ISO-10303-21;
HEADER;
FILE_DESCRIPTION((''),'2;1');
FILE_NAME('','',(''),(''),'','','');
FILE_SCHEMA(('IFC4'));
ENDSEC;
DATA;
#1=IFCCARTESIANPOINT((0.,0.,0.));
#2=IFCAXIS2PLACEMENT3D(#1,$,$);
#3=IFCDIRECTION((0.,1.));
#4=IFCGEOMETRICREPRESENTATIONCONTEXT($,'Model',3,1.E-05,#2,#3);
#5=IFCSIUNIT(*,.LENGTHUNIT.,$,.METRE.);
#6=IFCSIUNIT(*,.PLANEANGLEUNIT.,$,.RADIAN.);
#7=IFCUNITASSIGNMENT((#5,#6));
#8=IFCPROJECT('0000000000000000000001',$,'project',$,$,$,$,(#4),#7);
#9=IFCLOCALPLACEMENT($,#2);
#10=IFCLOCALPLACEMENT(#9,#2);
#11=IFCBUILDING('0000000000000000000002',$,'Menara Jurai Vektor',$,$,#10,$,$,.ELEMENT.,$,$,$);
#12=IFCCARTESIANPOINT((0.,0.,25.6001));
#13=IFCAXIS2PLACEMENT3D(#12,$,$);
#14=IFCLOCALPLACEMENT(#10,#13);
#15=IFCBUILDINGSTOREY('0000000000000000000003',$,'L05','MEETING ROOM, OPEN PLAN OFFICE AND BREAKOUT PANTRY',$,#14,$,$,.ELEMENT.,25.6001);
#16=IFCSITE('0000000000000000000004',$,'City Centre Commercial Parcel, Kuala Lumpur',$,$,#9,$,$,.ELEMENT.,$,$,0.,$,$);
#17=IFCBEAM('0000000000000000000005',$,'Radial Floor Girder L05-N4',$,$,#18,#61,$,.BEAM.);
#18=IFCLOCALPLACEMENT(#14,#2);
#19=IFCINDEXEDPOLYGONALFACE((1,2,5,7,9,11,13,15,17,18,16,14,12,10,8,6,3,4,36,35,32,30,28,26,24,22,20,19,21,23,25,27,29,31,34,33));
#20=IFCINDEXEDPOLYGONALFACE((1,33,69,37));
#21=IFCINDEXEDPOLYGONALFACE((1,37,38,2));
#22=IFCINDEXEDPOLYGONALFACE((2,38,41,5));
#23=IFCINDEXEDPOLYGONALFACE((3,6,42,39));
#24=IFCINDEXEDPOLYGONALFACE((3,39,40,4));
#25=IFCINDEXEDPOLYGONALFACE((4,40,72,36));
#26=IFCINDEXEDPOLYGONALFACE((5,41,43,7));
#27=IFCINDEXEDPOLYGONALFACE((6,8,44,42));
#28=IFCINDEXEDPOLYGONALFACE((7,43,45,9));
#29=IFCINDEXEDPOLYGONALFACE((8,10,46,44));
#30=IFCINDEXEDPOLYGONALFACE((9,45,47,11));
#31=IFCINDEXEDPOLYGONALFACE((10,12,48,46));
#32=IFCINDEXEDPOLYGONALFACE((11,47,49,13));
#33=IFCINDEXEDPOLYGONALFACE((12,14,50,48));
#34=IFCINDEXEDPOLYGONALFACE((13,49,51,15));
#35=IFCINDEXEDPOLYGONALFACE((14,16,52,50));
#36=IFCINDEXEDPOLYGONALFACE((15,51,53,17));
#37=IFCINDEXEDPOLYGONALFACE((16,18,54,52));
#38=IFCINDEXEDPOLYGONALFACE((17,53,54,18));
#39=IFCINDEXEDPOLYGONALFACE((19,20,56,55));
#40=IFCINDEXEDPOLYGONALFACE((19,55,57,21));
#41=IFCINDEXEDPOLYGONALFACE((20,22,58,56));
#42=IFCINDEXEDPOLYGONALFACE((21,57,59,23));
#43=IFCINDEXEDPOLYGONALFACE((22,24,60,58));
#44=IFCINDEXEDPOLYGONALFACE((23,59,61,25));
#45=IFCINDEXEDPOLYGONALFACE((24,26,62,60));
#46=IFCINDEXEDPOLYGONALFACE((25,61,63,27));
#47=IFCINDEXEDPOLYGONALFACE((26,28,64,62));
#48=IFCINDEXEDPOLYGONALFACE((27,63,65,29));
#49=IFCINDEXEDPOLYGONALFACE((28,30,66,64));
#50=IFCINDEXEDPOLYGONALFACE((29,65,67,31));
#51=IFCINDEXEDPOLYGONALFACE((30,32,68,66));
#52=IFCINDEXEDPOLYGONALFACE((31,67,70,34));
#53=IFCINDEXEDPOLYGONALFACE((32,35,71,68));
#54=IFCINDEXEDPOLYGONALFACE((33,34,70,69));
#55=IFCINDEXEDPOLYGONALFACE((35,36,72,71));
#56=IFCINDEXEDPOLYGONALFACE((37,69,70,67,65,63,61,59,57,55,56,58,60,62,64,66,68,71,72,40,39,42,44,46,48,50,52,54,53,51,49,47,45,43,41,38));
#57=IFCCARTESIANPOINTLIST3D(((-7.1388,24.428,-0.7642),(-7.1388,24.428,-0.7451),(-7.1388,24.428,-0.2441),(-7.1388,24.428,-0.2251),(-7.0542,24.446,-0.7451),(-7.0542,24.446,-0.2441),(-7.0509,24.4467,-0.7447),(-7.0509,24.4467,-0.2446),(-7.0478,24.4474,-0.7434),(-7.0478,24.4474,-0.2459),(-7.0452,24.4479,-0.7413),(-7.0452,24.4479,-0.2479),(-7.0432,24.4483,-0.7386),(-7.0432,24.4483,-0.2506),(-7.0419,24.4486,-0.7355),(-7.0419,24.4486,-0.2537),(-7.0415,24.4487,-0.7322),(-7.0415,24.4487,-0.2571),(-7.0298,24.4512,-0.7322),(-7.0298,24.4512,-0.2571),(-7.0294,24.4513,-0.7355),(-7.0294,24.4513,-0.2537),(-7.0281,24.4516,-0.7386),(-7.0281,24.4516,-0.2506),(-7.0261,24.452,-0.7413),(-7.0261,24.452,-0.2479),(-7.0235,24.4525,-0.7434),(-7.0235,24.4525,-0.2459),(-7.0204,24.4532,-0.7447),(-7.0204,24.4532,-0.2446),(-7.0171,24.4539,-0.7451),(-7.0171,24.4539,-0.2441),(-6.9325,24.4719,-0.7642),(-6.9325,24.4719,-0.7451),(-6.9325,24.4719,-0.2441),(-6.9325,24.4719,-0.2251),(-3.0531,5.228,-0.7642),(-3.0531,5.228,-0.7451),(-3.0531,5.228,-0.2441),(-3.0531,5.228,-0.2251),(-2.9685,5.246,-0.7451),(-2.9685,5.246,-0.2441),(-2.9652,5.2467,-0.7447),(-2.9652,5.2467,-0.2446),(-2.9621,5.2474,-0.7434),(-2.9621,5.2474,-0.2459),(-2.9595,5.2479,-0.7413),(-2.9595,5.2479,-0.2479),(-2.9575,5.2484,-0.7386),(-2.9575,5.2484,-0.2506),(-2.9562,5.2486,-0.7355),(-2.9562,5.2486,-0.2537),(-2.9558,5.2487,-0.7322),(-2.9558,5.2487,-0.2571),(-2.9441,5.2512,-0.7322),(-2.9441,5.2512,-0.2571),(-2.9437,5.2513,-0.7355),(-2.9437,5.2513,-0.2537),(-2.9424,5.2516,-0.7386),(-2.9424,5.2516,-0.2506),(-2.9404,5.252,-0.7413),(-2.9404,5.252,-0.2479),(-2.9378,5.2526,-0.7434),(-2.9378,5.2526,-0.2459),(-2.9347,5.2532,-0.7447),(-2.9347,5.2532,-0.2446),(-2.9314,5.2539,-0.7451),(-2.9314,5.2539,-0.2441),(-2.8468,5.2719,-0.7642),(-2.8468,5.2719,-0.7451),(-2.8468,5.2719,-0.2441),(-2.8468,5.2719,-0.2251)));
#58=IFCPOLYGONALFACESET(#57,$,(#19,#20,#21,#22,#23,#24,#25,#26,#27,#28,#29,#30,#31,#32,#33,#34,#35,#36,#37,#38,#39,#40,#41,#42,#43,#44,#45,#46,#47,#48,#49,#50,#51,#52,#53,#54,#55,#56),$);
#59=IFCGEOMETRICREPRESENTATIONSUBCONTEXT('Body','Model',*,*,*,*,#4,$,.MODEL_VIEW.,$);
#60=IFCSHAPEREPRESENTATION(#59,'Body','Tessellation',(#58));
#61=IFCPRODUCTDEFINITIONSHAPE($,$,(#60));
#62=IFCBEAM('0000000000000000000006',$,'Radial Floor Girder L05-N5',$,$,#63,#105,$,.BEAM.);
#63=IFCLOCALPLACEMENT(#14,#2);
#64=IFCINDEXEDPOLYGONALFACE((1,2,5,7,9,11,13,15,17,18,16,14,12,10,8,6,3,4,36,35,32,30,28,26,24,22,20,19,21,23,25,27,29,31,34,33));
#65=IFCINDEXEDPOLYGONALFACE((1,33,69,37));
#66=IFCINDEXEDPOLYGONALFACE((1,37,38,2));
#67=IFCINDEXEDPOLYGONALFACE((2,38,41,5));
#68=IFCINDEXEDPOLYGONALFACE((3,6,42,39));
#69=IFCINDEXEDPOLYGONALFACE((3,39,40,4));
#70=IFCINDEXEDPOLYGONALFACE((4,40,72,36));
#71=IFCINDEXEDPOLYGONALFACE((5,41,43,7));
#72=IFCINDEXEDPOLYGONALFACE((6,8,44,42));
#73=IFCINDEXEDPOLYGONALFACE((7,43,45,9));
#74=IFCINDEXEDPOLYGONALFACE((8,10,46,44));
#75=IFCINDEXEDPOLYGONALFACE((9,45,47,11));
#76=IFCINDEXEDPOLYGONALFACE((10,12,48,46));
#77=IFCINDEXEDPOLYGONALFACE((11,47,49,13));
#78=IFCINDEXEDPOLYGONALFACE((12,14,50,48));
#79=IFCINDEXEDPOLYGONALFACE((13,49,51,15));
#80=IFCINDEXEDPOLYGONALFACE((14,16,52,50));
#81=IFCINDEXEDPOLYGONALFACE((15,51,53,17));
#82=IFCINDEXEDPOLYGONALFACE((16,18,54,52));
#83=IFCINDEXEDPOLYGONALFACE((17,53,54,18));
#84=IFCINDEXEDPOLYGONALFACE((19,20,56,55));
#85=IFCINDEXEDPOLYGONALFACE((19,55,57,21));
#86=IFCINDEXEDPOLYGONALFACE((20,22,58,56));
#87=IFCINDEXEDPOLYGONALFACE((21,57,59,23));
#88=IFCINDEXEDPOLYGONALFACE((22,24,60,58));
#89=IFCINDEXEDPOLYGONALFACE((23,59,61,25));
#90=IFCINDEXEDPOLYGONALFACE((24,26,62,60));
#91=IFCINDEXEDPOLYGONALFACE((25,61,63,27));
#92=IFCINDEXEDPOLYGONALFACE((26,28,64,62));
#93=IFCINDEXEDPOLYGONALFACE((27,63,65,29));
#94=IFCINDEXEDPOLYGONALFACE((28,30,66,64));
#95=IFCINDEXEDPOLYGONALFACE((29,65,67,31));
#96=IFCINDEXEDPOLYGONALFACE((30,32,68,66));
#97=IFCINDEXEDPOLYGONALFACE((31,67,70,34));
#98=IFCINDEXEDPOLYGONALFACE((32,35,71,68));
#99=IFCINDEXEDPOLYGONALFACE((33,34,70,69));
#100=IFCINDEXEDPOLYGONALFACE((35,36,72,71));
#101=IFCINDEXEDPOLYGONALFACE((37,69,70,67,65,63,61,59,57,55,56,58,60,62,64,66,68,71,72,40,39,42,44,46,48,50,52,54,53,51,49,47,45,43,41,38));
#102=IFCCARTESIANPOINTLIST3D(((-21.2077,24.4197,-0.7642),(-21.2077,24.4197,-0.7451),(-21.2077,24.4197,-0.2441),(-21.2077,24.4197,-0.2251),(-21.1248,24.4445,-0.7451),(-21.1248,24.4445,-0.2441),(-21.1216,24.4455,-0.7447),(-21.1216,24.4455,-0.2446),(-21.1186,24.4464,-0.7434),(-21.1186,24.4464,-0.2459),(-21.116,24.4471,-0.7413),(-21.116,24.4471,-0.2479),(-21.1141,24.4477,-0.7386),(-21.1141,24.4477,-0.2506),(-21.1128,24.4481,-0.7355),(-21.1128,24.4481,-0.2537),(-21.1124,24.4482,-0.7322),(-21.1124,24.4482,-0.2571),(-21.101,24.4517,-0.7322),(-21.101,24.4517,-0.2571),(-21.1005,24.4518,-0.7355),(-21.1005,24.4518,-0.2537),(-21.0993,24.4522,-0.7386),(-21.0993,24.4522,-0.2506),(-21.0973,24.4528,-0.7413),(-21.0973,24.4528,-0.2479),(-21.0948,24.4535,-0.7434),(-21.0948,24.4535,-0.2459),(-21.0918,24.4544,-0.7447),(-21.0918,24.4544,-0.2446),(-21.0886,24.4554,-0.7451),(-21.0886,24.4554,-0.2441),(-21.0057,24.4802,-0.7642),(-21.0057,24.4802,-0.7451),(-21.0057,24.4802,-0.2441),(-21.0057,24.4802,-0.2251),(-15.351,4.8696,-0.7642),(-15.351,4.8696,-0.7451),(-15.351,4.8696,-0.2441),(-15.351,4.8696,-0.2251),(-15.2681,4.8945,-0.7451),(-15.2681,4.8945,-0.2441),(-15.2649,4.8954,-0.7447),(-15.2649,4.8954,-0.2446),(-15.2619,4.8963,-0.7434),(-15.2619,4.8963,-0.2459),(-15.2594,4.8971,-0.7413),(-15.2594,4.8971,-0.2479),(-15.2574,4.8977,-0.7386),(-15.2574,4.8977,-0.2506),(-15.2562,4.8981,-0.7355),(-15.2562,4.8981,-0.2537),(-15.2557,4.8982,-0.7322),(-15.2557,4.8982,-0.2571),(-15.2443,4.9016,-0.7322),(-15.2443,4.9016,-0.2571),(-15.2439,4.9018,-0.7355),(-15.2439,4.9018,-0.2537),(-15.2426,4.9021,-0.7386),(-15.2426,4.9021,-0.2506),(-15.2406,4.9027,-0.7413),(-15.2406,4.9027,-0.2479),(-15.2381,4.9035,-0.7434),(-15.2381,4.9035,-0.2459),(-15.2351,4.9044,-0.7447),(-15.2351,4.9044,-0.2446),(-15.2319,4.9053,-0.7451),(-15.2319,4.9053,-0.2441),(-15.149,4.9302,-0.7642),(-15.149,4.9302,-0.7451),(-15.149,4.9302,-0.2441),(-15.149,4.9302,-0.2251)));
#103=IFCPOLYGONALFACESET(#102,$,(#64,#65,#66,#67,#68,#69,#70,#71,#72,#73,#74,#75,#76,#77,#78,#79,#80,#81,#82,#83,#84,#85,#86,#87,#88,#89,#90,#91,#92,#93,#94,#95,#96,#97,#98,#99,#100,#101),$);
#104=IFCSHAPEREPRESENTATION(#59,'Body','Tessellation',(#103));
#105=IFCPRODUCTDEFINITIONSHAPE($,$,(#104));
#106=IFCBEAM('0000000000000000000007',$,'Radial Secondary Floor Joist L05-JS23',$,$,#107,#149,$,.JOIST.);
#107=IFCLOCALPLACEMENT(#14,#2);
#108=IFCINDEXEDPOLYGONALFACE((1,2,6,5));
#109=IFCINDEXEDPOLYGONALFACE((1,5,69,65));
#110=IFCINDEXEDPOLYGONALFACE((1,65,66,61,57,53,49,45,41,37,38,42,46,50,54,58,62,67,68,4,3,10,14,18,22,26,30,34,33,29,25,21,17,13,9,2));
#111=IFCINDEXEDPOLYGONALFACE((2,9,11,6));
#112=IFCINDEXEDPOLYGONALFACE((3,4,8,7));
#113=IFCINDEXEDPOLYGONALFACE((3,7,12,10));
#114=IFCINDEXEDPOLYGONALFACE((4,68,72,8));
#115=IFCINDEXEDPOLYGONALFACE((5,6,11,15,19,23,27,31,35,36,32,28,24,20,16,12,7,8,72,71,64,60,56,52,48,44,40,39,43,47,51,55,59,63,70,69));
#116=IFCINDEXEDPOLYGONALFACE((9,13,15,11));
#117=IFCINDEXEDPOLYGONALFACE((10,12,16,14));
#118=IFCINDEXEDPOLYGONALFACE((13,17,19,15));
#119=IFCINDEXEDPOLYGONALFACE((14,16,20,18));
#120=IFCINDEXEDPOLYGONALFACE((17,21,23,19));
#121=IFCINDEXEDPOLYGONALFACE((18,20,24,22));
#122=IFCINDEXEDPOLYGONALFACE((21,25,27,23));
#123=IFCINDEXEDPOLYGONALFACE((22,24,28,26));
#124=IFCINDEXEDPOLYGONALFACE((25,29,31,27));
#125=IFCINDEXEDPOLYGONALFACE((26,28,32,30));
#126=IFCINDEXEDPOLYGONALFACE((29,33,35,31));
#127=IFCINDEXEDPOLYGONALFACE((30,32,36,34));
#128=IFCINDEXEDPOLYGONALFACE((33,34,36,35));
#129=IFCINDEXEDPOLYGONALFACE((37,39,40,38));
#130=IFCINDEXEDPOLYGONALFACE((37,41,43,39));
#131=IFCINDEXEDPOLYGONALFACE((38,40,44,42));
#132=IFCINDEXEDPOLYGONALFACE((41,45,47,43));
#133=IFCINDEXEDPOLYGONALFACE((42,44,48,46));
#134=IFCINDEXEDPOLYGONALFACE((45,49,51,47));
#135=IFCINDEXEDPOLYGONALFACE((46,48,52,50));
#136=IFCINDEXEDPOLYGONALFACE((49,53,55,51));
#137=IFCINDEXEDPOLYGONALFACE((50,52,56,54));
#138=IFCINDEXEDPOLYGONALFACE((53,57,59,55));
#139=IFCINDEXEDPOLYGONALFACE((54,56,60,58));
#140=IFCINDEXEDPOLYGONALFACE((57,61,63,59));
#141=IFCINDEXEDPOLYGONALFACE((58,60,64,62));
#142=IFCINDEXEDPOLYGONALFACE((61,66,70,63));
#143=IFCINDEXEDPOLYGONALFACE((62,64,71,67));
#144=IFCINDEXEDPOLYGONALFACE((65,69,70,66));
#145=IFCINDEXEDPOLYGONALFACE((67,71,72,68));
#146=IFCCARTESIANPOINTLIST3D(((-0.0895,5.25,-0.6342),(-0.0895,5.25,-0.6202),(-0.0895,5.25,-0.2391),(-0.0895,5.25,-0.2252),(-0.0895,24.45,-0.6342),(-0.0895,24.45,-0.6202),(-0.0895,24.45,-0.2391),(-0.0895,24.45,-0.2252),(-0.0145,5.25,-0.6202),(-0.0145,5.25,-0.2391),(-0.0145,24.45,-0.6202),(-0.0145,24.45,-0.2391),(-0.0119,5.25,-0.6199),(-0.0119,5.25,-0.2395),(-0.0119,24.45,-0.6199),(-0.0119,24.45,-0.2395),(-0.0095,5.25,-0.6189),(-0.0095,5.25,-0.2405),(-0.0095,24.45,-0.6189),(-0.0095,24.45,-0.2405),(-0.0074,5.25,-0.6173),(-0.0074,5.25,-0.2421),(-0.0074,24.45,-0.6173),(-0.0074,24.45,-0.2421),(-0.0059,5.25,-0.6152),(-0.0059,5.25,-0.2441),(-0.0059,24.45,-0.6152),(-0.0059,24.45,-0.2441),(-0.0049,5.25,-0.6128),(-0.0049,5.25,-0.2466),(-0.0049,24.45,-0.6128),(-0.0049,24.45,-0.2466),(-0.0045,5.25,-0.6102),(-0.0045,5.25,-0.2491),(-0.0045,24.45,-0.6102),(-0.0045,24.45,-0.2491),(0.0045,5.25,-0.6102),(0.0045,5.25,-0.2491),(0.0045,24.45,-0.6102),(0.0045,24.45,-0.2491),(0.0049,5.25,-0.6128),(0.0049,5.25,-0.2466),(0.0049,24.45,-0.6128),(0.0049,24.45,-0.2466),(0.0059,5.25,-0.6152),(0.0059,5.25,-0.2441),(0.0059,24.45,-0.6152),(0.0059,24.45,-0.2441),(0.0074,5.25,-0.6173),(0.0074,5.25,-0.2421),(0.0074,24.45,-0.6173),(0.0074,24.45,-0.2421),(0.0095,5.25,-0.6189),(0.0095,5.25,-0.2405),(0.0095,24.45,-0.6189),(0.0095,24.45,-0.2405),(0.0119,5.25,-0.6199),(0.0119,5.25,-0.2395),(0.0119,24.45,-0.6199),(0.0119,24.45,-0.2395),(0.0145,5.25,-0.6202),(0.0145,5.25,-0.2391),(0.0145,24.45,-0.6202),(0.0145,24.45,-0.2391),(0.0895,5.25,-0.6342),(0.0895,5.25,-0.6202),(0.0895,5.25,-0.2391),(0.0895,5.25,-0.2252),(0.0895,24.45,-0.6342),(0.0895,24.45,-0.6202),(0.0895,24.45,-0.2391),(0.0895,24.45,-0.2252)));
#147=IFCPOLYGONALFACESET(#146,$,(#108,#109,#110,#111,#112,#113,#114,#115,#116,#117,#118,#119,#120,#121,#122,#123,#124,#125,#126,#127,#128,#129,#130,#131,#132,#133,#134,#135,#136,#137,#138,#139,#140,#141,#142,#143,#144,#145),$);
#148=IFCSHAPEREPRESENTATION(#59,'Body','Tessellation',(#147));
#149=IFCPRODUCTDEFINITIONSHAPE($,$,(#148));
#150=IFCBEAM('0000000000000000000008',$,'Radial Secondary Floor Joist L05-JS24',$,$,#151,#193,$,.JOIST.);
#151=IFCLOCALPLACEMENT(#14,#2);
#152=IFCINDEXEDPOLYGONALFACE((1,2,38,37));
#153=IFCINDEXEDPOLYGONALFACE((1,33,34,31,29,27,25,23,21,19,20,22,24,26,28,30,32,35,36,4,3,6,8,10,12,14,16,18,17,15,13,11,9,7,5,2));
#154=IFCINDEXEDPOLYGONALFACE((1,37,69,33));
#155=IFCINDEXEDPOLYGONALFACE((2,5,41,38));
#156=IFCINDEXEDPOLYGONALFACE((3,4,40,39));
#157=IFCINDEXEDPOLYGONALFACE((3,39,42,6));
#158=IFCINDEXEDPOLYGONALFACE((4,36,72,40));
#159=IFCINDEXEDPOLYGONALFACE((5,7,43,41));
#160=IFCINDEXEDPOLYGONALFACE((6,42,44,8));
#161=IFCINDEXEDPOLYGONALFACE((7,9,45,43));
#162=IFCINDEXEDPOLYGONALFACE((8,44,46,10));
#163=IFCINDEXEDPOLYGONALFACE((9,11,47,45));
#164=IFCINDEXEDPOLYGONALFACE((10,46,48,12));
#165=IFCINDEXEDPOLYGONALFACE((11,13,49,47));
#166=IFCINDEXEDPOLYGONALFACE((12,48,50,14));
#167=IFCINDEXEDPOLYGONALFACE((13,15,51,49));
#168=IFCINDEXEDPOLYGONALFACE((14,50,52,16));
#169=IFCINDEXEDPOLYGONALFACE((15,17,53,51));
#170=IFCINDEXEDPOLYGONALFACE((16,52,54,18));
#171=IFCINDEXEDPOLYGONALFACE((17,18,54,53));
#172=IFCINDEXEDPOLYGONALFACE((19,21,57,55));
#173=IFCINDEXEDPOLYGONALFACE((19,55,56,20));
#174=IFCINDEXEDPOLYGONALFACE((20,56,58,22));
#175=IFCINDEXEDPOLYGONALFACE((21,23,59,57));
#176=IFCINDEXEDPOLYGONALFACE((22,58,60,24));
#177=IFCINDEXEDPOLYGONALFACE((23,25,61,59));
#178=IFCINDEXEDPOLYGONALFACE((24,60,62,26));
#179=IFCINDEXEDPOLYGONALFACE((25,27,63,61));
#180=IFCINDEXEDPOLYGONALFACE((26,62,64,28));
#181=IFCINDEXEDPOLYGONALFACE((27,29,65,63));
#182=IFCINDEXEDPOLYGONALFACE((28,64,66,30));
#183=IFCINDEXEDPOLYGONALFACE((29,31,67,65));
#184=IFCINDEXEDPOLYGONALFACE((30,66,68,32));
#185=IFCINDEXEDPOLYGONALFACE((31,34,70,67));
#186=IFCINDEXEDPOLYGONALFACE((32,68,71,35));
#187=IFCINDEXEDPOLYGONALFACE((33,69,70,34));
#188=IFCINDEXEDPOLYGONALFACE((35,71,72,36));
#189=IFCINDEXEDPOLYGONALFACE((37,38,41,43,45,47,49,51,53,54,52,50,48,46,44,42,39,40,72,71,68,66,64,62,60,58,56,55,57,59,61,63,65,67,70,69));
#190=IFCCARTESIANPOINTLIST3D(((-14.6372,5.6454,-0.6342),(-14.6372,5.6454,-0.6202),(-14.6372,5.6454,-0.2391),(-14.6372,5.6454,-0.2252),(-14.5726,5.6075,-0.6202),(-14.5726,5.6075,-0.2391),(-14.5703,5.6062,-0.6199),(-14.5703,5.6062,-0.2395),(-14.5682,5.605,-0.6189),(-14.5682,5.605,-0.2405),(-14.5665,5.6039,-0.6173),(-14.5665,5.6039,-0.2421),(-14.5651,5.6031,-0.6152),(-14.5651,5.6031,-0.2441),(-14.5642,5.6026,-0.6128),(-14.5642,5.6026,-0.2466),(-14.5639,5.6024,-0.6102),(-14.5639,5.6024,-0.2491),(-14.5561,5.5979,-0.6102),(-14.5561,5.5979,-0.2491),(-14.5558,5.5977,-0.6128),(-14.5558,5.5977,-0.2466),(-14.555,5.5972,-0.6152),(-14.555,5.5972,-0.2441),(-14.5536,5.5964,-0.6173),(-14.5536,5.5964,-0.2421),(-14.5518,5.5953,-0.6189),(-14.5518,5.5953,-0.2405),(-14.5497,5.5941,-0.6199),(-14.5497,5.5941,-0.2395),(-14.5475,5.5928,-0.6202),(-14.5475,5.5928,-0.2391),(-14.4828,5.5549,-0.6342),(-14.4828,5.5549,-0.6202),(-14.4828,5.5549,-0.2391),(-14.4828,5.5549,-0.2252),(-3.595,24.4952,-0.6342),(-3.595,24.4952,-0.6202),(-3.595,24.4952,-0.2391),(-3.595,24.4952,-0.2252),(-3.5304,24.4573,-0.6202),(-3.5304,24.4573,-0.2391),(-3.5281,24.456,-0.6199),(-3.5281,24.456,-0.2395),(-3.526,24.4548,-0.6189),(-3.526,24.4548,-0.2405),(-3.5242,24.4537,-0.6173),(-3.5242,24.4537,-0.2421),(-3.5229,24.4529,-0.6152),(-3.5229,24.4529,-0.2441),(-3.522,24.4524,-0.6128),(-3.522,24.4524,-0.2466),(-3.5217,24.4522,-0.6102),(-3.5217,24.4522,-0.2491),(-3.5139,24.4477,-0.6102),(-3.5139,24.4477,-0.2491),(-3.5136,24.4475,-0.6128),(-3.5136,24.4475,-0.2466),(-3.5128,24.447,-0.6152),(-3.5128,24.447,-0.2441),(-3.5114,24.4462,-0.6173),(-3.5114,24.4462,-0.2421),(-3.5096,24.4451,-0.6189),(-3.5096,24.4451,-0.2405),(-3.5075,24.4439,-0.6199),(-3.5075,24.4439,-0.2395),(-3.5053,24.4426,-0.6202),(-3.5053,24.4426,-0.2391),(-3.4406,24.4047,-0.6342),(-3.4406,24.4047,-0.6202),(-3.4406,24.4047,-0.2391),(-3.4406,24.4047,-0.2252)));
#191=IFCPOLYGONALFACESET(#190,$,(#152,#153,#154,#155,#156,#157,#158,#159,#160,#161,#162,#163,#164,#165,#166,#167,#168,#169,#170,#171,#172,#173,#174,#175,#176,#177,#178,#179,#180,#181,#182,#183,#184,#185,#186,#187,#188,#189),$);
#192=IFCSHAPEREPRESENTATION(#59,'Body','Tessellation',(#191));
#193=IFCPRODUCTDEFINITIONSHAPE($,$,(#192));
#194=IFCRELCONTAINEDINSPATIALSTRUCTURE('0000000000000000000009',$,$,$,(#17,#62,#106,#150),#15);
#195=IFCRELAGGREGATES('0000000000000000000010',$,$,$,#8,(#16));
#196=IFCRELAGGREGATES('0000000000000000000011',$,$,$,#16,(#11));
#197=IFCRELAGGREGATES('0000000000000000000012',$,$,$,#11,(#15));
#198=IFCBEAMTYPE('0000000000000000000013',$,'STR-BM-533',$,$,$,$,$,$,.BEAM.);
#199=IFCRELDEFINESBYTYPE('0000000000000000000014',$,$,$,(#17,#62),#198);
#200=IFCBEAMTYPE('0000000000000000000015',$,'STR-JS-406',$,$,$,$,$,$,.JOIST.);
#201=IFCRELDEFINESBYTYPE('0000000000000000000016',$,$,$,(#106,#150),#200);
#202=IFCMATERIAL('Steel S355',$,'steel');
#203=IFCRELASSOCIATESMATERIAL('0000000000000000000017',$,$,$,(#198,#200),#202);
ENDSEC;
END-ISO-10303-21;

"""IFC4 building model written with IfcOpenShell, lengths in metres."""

from ifc_helpers import new_model, si_unit, direction, frame, origin, origin_2d, place, context, subcontext, project, spatial, i_section, extrude, material, material_profile, profile_set, type_object, element, save


model = new_model("IFC4")

# Units and contexts
model_context = context("Model", 3, precision=1e-05, world=origin(), true_north=direction((0.0, 1.0)))
body_context = subcontext(model_context, "Body", "Model", "MODEL_VIEW")
ifc_project = project(units=[si_unit("LENGTHUNIT", "METRE"), si_unit("PLANEANGLEUNIT", "RADIAN")], contexts=[model_context])

# Site, building, storey
site_placement = place(None, origin())
site = spatial("IfcSite", under=ifc_project, at=site_placement, Name="City Centre Commercial Parcel, Kuala Lumpur", CompositionType="ELEMENT", RefElevation=0.0)
building_placement = place(site_placement, origin())
building = spatial("IfcBuilding", under=site, at=building_placement, Name="Menara Jurai Vektor", CompositionType="ELEMENT")
storey_placement = place(building_placement, frame((0.0, 0.0, 25.6001)))
storey = spatial("IfcBuildingStorey", under=building, at=storey_placement, Name="L05", Description="MEETING ROOM, OPEN PLAN OFFICE AND BREAKOUT PANTRY", CompositionType="ELEMENT", Elevation=25.6001)

# Beams
ifc_material_1 = material(Name="Steel S355", Category="steel")
ifc_material_profile_1 = material_profile(ifc_material_1, i_section(OverallWidth=0.2109, OverallDepth=0.5391, WebThickness=0.012, FlangeThickness=0.019, FilletRadius=0.0129, at=origin_2d()), Name="UKB 533x210x109")
ifc_profile_set_1 = profile_set([ifc_material_profile_1], Name="Steel S355")
beam_type_1 = type_object("IfcBeamType", Name="STR-BM-533", PredefinedType="BEAM", material=ifc_profile_set_1)
beam_1_placement = place(storey_placement, frame((-7.0356, 24.45, -0.4946), z_axis=(0.208137, -0.9781, 0.0), x_axis=(0.9781, 0.208137, 0.0)))
element("IfcBeam", 1, at=beam_1_placement, inside=storey, type_object=beam_type_1, Name="Radial Floor Girder L05-N4", PredefinedType="BEAM", context=body_context, shape_type="SweptSolid", body=[
    extrude(i_section(OverallWidth=0.2109, OverallDepth=0.5391, WebThickness=0.012, FlangeThickness=0.019, FilletRadius=0.0129, at=origin_2d()), origin(), (0.0, 0.0, 1.0), 19.6299),
])
beam_2_placement = place(storey_placement, frame((-21.1067, 24.45, -0.4946), z_axis=(0.286974, -0.957938, 0.0), x_axis=(0.957938, 0.286974, 0.0)))
element("IfcBeam", 2, at=beam_2_placement, inside=storey, type_object=beam_type_1, Name="Radial Floor Girder L05-N5", PredefinedType="BEAM", context=body_context, shape_type="SweptSolid", body=[
    extrude(i_section(OverallWidth=0.2109, OverallDepth=0.5391, WebThickness=0.012, FlangeThickness=0.019, FilletRadius=0.0129, at=origin_2d()), origin(), (0.0, 0.0, 1.0), 20.4084),
])
ifc_material_profile_2 = material_profile(ifc_material_1, i_section(OverallWidth=0.179, OverallDepth=0.4089, WebThickness=0.009, FlangeThickness=0.0139, FilletRadius=0.01, at=origin_2d()), Name="UKB 406x178x67")
ifc_profile_set_2 = profile_set([ifc_material_profile_2], Name="Steel S355")
beam_type_2 = type_object("IfcBeamType", Name="STR-JS-406", PredefinedType="JOIST", material=ifc_profile_set_2)
beam_3_placement = place(storey_placement, frame((0.0, 24.45, -0.4297), z_axis=(0.0, -1.0, 0.0), x_axis=(1.0, 0.0, 0.0)))
element("IfcBeam", 3, at=beam_3_placement, inside=storey, type_object=beam_type_2, Name="Radial Secondary Floor Joist L05-JS23", PredefinedType="JOIST", context=body_context, shape_type="SweptSolid", body=[
    extrude(i_section(OverallWidth=0.179, OverallDepth=0.4089, WebThickness=0.009, FlangeThickness=0.0139, FilletRadius=0.01, at=origin_2d()), origin(), (0.0, 0.0, 1.0), 19.2),
])
beam_4_placement = place(storey_placement, frame((-3.5178, 24.45, -0.4297), z_axis=(-0.505458, -0.862851, 0.0), x_axis=(0.862851, -0.505458, 0.0)))
element("IfcBeam", 4, at=beam_4_placement, inside=storey, type_object=beam_type_2, Name="Radial Secondary Floor Joist L05-JS24", PredefinedType="JOIST", context=body_context, shape_type="SweptSolid", body=[
    extrude(i_section(OverallWidth=0.179, OverallDepth=0.4089, WebThickness=0.009, FlangeThickness=0.0139, FilletRadius=0.01, at=origin_2d()), origin(), (0.0, 0.0, 1.0), 21.8459),
])

save(model, "model.ifc")
